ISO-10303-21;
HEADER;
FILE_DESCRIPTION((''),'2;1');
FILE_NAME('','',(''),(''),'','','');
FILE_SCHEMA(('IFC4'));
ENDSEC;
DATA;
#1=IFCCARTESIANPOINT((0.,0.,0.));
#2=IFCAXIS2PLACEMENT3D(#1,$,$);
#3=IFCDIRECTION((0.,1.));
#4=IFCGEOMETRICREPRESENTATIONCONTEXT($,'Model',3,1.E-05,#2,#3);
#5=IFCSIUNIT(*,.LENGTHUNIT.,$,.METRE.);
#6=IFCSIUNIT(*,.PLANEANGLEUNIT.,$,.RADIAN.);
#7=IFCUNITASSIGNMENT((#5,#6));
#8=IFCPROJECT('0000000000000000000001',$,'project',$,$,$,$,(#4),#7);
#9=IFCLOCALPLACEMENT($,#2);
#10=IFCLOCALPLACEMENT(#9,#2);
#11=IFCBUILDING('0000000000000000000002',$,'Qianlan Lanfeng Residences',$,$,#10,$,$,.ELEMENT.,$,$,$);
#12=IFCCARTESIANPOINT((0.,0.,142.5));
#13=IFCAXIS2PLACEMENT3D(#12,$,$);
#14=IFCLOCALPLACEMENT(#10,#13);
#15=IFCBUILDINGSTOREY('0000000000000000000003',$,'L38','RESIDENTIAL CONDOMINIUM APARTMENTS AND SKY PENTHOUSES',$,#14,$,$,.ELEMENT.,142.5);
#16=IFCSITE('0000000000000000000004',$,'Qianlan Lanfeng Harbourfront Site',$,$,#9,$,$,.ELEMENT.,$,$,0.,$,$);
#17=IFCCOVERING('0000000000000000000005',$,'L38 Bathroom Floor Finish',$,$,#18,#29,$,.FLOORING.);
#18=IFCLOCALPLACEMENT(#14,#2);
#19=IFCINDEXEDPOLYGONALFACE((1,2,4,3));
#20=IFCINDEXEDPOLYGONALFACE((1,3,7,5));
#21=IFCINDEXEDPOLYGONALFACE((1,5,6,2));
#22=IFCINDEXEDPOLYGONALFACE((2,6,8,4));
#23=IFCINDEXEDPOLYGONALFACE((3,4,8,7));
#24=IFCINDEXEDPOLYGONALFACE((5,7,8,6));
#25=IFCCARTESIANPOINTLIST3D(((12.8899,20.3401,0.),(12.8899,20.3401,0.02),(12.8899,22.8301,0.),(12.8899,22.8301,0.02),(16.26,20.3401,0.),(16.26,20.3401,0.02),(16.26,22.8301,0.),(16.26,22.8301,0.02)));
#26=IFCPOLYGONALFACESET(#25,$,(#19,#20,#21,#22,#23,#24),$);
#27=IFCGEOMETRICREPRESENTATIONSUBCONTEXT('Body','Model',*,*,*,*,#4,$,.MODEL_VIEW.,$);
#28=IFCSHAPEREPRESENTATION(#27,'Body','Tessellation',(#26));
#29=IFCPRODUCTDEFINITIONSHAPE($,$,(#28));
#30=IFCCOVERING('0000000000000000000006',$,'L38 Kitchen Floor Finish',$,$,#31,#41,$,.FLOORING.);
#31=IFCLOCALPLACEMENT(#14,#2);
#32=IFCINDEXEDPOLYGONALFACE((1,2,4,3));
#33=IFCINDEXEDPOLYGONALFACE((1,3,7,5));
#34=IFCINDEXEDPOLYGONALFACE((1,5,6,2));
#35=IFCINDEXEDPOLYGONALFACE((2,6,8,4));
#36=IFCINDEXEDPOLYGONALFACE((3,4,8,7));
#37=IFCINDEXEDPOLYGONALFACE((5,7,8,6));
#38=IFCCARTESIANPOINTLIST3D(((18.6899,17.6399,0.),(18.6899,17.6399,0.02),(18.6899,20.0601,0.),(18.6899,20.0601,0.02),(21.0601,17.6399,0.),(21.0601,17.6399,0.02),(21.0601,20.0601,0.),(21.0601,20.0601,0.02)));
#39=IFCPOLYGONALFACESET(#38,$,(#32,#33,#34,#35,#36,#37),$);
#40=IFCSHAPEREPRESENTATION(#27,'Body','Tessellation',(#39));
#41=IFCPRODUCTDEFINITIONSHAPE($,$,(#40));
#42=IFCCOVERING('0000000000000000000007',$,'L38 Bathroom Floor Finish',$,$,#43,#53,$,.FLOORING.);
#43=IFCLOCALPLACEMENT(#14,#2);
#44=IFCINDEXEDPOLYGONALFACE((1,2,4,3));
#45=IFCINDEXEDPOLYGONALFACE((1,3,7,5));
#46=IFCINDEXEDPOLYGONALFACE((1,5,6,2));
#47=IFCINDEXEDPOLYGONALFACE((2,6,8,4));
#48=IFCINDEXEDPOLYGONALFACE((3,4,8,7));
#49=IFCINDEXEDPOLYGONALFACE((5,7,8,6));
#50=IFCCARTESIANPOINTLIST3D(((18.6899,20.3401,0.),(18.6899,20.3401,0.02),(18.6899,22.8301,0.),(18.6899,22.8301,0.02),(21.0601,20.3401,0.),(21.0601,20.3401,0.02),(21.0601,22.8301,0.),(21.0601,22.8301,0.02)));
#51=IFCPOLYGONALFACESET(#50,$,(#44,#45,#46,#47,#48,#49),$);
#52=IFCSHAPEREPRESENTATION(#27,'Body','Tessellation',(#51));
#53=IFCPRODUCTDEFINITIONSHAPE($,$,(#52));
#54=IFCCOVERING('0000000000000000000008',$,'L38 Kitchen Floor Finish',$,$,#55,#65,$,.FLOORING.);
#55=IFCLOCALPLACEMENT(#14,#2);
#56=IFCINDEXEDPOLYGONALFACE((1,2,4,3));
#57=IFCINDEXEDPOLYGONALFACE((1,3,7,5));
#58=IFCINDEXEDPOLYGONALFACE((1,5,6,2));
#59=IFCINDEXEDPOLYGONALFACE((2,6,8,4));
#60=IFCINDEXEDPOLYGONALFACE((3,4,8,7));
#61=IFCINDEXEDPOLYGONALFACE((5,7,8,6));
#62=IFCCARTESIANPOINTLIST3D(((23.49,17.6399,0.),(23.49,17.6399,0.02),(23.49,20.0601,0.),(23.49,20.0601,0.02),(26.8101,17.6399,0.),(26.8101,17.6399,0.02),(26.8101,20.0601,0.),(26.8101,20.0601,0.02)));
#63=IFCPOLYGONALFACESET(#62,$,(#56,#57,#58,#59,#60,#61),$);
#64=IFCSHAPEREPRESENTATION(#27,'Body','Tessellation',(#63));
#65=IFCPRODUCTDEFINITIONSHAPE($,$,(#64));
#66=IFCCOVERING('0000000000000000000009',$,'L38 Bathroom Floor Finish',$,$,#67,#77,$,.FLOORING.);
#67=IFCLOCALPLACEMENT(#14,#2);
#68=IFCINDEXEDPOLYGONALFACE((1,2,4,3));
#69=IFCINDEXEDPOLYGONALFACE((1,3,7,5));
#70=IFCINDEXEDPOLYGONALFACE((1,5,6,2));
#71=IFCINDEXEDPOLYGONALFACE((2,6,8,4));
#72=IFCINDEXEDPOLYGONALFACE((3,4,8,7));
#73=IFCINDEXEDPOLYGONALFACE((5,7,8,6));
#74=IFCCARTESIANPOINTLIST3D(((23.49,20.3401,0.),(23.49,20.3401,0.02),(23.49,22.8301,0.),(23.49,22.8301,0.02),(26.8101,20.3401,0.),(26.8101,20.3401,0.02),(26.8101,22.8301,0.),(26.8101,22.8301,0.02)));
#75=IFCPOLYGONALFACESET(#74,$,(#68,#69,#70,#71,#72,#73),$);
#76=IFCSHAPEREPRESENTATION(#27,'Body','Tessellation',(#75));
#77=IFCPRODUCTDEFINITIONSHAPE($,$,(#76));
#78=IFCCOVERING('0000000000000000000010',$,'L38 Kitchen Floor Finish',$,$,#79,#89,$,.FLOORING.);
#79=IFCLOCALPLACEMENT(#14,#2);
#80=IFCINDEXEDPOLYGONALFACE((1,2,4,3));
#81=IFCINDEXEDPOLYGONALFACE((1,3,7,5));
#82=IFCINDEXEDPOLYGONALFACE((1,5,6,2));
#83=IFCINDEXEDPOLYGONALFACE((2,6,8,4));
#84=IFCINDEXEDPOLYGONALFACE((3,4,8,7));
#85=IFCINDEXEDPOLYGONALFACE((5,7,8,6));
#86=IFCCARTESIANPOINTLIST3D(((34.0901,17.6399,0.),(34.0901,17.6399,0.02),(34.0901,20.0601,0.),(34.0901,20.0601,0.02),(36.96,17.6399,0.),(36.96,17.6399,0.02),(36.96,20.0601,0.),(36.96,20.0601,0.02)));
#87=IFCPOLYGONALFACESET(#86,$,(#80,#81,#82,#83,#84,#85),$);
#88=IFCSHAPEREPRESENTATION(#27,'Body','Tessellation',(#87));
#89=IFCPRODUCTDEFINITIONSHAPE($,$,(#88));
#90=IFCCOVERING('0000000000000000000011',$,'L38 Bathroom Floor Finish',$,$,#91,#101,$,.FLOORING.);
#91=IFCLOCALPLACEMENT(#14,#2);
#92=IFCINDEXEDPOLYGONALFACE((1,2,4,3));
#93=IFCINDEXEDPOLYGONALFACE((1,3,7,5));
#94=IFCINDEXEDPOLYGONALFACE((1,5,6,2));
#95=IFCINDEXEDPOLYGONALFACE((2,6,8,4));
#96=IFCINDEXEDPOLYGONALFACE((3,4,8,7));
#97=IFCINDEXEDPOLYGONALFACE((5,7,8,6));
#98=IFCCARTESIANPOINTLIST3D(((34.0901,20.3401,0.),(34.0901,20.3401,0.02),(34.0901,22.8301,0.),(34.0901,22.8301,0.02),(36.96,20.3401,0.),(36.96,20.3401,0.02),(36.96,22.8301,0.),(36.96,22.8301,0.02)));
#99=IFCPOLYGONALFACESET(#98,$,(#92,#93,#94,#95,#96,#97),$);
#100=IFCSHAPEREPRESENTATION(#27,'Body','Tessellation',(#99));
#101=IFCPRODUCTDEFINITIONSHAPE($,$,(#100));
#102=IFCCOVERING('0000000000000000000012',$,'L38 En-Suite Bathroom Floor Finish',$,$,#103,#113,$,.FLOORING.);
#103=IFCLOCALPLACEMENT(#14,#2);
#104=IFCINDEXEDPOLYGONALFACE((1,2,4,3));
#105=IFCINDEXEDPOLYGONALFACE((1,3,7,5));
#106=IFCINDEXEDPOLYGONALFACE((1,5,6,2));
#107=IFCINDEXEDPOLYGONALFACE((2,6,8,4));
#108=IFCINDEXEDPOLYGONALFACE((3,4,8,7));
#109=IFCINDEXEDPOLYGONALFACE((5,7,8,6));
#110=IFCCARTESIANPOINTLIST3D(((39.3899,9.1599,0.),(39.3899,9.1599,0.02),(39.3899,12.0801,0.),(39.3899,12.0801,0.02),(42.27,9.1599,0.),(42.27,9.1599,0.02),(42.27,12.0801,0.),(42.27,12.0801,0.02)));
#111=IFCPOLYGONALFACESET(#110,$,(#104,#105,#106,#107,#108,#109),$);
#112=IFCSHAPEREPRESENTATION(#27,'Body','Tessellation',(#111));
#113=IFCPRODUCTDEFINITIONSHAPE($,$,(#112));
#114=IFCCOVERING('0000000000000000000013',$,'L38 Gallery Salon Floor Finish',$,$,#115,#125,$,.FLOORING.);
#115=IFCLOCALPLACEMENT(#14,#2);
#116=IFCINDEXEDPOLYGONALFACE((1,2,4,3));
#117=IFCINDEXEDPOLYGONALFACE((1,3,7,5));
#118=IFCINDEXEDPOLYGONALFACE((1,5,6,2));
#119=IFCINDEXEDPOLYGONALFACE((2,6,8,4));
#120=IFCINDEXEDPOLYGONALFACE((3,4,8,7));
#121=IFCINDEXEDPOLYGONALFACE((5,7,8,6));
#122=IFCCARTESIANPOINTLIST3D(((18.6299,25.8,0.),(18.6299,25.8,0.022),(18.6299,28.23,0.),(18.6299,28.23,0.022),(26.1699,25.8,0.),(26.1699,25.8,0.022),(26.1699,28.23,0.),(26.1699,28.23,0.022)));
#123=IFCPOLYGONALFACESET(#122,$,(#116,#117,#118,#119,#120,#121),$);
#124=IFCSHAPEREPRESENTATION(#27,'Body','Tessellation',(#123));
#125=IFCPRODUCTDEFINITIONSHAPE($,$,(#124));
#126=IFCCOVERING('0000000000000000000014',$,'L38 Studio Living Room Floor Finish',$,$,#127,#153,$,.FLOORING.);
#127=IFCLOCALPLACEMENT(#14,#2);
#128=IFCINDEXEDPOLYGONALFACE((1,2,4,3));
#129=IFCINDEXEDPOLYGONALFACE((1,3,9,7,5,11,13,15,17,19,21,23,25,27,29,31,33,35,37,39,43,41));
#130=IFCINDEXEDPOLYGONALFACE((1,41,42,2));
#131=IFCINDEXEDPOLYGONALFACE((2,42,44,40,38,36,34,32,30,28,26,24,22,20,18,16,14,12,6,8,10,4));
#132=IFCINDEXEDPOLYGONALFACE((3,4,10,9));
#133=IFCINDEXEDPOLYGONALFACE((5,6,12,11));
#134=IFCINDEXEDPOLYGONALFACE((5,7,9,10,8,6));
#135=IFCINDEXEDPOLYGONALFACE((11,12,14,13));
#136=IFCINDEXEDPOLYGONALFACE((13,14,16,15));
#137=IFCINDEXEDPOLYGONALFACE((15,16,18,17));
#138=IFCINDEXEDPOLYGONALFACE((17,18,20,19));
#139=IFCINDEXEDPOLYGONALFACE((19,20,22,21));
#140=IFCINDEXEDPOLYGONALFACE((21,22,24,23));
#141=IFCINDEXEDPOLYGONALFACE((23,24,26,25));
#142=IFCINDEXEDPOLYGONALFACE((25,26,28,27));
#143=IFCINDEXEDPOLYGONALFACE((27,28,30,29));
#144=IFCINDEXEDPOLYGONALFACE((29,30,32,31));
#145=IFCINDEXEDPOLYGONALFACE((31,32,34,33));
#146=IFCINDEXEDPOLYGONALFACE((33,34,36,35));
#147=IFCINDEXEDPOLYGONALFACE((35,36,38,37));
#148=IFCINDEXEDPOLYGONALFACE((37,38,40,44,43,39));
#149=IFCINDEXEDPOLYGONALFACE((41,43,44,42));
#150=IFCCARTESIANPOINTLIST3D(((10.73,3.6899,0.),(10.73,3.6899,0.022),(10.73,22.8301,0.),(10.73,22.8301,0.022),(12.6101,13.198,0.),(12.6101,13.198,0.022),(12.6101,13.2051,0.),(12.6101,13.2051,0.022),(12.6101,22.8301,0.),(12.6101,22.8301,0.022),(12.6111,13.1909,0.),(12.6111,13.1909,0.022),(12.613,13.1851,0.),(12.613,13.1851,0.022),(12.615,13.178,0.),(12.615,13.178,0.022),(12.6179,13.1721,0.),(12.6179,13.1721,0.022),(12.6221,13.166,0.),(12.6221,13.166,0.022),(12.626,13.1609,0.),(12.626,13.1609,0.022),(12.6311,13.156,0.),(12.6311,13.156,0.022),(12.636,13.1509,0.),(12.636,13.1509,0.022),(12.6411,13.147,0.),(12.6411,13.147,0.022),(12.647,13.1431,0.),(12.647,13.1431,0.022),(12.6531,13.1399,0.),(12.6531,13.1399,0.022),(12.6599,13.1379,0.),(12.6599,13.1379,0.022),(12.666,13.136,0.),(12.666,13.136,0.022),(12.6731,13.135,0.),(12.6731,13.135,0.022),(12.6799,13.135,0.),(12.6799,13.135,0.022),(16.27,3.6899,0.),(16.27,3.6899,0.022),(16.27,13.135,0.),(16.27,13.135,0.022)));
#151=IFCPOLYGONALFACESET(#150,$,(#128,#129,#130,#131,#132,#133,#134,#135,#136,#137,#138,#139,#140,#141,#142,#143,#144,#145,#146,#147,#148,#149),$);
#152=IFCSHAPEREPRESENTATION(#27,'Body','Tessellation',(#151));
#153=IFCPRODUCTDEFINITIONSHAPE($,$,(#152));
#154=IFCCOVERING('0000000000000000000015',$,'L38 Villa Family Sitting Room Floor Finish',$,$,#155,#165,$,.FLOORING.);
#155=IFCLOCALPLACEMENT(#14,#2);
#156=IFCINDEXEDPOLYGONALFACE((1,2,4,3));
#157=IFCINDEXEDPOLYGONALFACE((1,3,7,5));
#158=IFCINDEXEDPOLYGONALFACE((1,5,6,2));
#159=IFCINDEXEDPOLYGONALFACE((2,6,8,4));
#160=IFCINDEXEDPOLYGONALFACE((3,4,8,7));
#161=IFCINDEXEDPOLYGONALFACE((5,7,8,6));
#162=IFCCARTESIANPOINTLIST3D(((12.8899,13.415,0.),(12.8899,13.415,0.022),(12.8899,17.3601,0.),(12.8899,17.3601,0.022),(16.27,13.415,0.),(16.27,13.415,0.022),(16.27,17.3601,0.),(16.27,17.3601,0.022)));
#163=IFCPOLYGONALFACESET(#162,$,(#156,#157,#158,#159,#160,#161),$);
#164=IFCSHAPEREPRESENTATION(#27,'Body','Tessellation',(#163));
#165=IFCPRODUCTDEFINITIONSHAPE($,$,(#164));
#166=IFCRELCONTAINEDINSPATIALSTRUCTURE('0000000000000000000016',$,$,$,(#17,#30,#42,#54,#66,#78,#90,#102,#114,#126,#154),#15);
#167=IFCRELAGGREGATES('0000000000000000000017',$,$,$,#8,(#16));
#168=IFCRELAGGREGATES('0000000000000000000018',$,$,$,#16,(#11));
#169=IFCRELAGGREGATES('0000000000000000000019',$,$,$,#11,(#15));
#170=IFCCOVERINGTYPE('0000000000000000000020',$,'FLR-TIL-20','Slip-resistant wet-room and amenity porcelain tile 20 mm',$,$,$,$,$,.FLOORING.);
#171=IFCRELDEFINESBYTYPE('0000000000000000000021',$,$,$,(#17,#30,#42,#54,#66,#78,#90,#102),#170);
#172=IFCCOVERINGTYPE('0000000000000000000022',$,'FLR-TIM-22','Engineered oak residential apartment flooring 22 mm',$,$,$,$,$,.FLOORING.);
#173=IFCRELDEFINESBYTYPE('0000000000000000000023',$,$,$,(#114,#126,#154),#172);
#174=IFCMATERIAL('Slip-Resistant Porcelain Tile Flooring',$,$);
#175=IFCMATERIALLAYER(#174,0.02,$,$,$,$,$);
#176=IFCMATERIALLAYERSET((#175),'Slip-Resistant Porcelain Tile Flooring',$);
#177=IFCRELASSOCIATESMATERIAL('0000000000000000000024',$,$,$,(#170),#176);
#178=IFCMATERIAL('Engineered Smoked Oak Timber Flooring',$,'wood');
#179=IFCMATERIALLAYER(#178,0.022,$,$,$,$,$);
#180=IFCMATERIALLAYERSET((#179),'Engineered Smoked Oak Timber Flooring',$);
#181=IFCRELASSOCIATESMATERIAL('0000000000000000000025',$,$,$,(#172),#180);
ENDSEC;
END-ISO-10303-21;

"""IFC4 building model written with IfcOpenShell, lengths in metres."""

from ifc_helpers import new_model, si_unit, direction, frame, origin, place, context, subcontext, project, spatial, polyline, outline, extrude, material, layer, layer_set, type_object, element, save


model = new_model("IFC4")

# Units and contexts
model_context = context("Model", 3, precision=1e-05, world=origin(), true_north=direction((0.0, 1.0)))
body_context = subcontext(model_context, "Body", "Model", "MODEL_VIEW")
ifc_project = project(units=[si_unit("LENGTHUNIT", "METRE"), si_unit("PLANEANGLEUNIT", "RADIAN")], contexts=[model_context])

# Site, building, storey
site_placement = place(None, origin())
site = spatial("IfcSite", under=ifc_project, at=site_placement, Name="Qianlan Lanfeng Harbourfront Site", CompositionType="ELEMENT", RefElevation=0.0)
building_placement = place(site_placement, origin())
building = spatial("IfcBuilding", under=site, at=building_placement, Name="Qianlan Lanfeng Residences", CompositionType="ELEMENT")
storey_placement = place(building_placement, frame((0.0, 0.0, 142.5)))
storey = spatial("IfcBuildingStorey", under=building, at=storey_placement, Name="L38", Description="RESIDENTIAL CONDOMINIUM APARTMENTS AND SKY PENTHOUSES", CompositionType="ELEMENT", Elevation=142.5)

# Coverings
ifc_material_1 = material(Name="Slip-Resistant Porcelain Tile Flooring")
ifc_layer_1 = layer(ifc_material_1, 0.02)
ifc_layer_set_1 = layer_set([ifc_layer_1], Name="Slip-Resistant Porcelain Tile Flooring")
covering_type_1 = type_object("IfcCoveringType", Name="FLR-TIL-20", Description="Slip-resistant wet-room and amenity porcelain tile 20 mm", PredefinedType="FLOORING", material=ifc_layer_set_1)
covering_1_placement = place(storey_placement, origin())
element("IfcCovering", 1, at=covering_1_placement, inside=storey, type_object=covering_type_1, Name="L38 Bathroom Floor Finish", PredefinedType="FLOORING", context=body_context, shape_type="SweptSolid", body=[
    extrude(outline(polyline([(12.8899, 20.3401), (16.26, 20.3401), (16.26, 22.8301), (12.8899, 22.8301), (12.8899, 20.3401)])), origin(), (0.0, 0.0, 1.0), 0.02),
])
covering_2_placement = place(storey_placement, origin())
element("IfcCovering", 2, at=covering_2_placement, inside=storey, type_object=covering_type_1, Name="L38 Kitchen Floor Finish", PredefinedType="FLOORING", context=body_context, shape_type="SweptSolid", body=[
    extrude(outline(polyline([(18.6899, 17.6399), (21.0601, 17.6399), (21.0601, 20.0601), (18.6899, 20.0601), (18.6899, 17.6399)])), origin(), (0.0, 0.0, 1.0), 0.02),
])
covering_3_placement = place(storey_placement, origin())
element("IfcCovering", 3, at=covering_3_placement, inside=storey, type_object=covering_type_1, Name="L38 Bathroom Floor Finish", PredefinedType="FLOORING", context=body_context, shape_type="SweptSolid", body=[
    extrude(outline(polyline([(18.6899, 20.3401), (21.0601, 20.3401), (21.0601, 22.8301), (18.6899, 22.8301), (18.6899, 20.3401)])), origin(), (0.0, 0.0, 1.0), 0.02),
])
covering_4_placement = place(storey_placement, origin())
element("IfcCovering", 4, at=covering_4_placement, inside=storey, type_object=covering_type_1, Name="L38 Kitchen Floor Finish", PredefinedType="FLOORING", context=body_context, shape_type="SweptSolid", body=[
    extrude(outline(polyline([(23.49, 17.6399), (26.8101, 17.6399), (26.8101, 20.0601), (23.49, 20.0601), (23.49, 17.6399)])), origin(), (0.0, 0.0, 1.0), 0.02),
])
covering_5_placement = place(storey_placement, origin())
element("IfcCovering", 5, at=covering_5_placement, inside=storey, type_object=covering_type_1, Name="L38 Bathroom Floor Finish", PredefinedType="FLOORING", context=body_context, shape_type="SweptSolid", body=[
    extrude(outline(polyline([(23.49, 20.3401), (26.8101, 20.3401), (26.8101, 22.8301), (23.49, 22.8301), (23.49, 20.3401)])), origin(), (0.0, 0.0, 1.0), 0.02),
])
covering_6_placement = place(storey_placement, origin())
element("IfcCovering", 6, at=covering_6_placement, inside=storey, type_object=covering_type_1, Name="L38 Kitchen Floor Finish", PredefinedType="FLOORING", context=body_context, shape_type="SweptSolid", body=[
    extrude(outline(polyline([(34.0901, 17.6399), (36.96, 17.6399), (36.96, 20.0601), (34.0901, 20.0601), (34.0901, 17.6399)])), origin(), (0.0, 0.0, 1.0), 0.02),
])
covering_7_placement = place(storey_placement, origin())
element("IfcCovering", 7, at=covering_7_placement, inside=storey, type_object=covering_type_1, Name="L38 Bathroom Floor Finish", PredefinedType="FLOORING", context=body_context, shape_type="SweptSolid", body=[
    extrude(outline(polyline([(34.0901, 20.3401), (36.96, 20.3401), (36.96, 22.8301), (34.0901, 22.8301), (34.0901, 20.3401)])), origin(), (0.0, 0.0, 1.0), 0.02),
])
covering_8_placement = place(storey_placement, origin())
element("IfcCovering", 8, at=covering_8_placement, inside=storey, type_object=covering_type_1, Name="L38 En-Suite Bathroom Floor Finish", PredefinedType="FLOORING", context=body_context, shape_type="SweptSolid", body=[
    extrude(outline(polyline([(39.3899, 9.1599), (42.27, 9.1599), (42.27, 12.0801), (39.3899, 12.0801), (39.3899, 9.1599)])), origin(), (0.0, 0.0, 1.0), 0.02),
])
ifc_material_2 = material(Name="Engineered Smoked Oak Timber Flooring", Category="wood")
ifc_layer_2 = layer(ifc_material_2, 0.022)
ifc_layer_set_2 = layer_set([ifc_layer_2], Name="Engineered Smoked Oak Timber Flooring")
covering_type_2 = type_object("IfcCoveringType", Name="FLR-TIM-22", Description="Engineered oak residential apartment flooring 22 mm", PredefinedType="FLOORING", material=ifc_layer_set_2)
covering_9_placement = place(storey_placement, origin())
element("IfcCovering", 9, at=covering_9_placement, inside=storey, type_object=covering_type_2, Name="L38 Gallery Salon Floor Finish", PredefinedType="FLOORING", context=body_context, shape_type="SweptSolid", body=[
    extrude(outline(polyline([(18.6299, 25.8), (26.1699, 25.8), (26.1699, 28.23), (18.6299, 28.23), (18.6299, 25.8)])), origin(), (0.0, 0.0, 1.0), 0.022),
])
covering_10_placement = place(storey_placement, origin())
element("IfcCovering", 10, at=covering_10_placement, inside=storey, type_object=covering_type_2, Name="L38 Studio Living Room Floor Finish", PredefinedType="FLOORING", context=body_context, shape_type="SweptSolid", body=[
    extrude(outline(polyline([(16.27, 3.6899), (16.27, 13.135), (12.6799, 13.135), (12.6731, 13.135), (12.666, 13.136), (12.6599, 13.1379), (12.6531, 13.1399), (12.647, 13.1431), (12.6411, 13.147), (12.636, 13.1509), (12.6311, 13.156), (12.626, 13.1609), (12.6221, 13.166), (12.6179, 13.1721), (12.615, 13.178), (12.613, 13.1851), (12.6111, 13.1909), (12.6101, 13.198), (12.6101, 13.2051), (12.6101, 22.8301), (10.73, 22.8301), (10.73, 3.6899), (16.27, 3.6899)])), origin(), (0.0, 0.0, 1.0), 0.022),
])
covering_11_placement = place(storey_placement, origin())
element("IfcCovering", 11, at=covering_11_placement, inside=storey, type_object=covering_type_2, Name="L38 Villa Family Sitting Room Floor Finish", PredefinedType="FLOORING", context=body_context, shape_type="SweptSolid", body=[
    extrude(outline(polyline([(12.8899, 17.3601), (12.8899, 13.415), (16.27, 13.415), (16.27, 17.3601), (12.8899, 17.3601)])), origin(), (0.0, 0.0, 1.0), 0.022),
])

save(model, "model.ifc")
